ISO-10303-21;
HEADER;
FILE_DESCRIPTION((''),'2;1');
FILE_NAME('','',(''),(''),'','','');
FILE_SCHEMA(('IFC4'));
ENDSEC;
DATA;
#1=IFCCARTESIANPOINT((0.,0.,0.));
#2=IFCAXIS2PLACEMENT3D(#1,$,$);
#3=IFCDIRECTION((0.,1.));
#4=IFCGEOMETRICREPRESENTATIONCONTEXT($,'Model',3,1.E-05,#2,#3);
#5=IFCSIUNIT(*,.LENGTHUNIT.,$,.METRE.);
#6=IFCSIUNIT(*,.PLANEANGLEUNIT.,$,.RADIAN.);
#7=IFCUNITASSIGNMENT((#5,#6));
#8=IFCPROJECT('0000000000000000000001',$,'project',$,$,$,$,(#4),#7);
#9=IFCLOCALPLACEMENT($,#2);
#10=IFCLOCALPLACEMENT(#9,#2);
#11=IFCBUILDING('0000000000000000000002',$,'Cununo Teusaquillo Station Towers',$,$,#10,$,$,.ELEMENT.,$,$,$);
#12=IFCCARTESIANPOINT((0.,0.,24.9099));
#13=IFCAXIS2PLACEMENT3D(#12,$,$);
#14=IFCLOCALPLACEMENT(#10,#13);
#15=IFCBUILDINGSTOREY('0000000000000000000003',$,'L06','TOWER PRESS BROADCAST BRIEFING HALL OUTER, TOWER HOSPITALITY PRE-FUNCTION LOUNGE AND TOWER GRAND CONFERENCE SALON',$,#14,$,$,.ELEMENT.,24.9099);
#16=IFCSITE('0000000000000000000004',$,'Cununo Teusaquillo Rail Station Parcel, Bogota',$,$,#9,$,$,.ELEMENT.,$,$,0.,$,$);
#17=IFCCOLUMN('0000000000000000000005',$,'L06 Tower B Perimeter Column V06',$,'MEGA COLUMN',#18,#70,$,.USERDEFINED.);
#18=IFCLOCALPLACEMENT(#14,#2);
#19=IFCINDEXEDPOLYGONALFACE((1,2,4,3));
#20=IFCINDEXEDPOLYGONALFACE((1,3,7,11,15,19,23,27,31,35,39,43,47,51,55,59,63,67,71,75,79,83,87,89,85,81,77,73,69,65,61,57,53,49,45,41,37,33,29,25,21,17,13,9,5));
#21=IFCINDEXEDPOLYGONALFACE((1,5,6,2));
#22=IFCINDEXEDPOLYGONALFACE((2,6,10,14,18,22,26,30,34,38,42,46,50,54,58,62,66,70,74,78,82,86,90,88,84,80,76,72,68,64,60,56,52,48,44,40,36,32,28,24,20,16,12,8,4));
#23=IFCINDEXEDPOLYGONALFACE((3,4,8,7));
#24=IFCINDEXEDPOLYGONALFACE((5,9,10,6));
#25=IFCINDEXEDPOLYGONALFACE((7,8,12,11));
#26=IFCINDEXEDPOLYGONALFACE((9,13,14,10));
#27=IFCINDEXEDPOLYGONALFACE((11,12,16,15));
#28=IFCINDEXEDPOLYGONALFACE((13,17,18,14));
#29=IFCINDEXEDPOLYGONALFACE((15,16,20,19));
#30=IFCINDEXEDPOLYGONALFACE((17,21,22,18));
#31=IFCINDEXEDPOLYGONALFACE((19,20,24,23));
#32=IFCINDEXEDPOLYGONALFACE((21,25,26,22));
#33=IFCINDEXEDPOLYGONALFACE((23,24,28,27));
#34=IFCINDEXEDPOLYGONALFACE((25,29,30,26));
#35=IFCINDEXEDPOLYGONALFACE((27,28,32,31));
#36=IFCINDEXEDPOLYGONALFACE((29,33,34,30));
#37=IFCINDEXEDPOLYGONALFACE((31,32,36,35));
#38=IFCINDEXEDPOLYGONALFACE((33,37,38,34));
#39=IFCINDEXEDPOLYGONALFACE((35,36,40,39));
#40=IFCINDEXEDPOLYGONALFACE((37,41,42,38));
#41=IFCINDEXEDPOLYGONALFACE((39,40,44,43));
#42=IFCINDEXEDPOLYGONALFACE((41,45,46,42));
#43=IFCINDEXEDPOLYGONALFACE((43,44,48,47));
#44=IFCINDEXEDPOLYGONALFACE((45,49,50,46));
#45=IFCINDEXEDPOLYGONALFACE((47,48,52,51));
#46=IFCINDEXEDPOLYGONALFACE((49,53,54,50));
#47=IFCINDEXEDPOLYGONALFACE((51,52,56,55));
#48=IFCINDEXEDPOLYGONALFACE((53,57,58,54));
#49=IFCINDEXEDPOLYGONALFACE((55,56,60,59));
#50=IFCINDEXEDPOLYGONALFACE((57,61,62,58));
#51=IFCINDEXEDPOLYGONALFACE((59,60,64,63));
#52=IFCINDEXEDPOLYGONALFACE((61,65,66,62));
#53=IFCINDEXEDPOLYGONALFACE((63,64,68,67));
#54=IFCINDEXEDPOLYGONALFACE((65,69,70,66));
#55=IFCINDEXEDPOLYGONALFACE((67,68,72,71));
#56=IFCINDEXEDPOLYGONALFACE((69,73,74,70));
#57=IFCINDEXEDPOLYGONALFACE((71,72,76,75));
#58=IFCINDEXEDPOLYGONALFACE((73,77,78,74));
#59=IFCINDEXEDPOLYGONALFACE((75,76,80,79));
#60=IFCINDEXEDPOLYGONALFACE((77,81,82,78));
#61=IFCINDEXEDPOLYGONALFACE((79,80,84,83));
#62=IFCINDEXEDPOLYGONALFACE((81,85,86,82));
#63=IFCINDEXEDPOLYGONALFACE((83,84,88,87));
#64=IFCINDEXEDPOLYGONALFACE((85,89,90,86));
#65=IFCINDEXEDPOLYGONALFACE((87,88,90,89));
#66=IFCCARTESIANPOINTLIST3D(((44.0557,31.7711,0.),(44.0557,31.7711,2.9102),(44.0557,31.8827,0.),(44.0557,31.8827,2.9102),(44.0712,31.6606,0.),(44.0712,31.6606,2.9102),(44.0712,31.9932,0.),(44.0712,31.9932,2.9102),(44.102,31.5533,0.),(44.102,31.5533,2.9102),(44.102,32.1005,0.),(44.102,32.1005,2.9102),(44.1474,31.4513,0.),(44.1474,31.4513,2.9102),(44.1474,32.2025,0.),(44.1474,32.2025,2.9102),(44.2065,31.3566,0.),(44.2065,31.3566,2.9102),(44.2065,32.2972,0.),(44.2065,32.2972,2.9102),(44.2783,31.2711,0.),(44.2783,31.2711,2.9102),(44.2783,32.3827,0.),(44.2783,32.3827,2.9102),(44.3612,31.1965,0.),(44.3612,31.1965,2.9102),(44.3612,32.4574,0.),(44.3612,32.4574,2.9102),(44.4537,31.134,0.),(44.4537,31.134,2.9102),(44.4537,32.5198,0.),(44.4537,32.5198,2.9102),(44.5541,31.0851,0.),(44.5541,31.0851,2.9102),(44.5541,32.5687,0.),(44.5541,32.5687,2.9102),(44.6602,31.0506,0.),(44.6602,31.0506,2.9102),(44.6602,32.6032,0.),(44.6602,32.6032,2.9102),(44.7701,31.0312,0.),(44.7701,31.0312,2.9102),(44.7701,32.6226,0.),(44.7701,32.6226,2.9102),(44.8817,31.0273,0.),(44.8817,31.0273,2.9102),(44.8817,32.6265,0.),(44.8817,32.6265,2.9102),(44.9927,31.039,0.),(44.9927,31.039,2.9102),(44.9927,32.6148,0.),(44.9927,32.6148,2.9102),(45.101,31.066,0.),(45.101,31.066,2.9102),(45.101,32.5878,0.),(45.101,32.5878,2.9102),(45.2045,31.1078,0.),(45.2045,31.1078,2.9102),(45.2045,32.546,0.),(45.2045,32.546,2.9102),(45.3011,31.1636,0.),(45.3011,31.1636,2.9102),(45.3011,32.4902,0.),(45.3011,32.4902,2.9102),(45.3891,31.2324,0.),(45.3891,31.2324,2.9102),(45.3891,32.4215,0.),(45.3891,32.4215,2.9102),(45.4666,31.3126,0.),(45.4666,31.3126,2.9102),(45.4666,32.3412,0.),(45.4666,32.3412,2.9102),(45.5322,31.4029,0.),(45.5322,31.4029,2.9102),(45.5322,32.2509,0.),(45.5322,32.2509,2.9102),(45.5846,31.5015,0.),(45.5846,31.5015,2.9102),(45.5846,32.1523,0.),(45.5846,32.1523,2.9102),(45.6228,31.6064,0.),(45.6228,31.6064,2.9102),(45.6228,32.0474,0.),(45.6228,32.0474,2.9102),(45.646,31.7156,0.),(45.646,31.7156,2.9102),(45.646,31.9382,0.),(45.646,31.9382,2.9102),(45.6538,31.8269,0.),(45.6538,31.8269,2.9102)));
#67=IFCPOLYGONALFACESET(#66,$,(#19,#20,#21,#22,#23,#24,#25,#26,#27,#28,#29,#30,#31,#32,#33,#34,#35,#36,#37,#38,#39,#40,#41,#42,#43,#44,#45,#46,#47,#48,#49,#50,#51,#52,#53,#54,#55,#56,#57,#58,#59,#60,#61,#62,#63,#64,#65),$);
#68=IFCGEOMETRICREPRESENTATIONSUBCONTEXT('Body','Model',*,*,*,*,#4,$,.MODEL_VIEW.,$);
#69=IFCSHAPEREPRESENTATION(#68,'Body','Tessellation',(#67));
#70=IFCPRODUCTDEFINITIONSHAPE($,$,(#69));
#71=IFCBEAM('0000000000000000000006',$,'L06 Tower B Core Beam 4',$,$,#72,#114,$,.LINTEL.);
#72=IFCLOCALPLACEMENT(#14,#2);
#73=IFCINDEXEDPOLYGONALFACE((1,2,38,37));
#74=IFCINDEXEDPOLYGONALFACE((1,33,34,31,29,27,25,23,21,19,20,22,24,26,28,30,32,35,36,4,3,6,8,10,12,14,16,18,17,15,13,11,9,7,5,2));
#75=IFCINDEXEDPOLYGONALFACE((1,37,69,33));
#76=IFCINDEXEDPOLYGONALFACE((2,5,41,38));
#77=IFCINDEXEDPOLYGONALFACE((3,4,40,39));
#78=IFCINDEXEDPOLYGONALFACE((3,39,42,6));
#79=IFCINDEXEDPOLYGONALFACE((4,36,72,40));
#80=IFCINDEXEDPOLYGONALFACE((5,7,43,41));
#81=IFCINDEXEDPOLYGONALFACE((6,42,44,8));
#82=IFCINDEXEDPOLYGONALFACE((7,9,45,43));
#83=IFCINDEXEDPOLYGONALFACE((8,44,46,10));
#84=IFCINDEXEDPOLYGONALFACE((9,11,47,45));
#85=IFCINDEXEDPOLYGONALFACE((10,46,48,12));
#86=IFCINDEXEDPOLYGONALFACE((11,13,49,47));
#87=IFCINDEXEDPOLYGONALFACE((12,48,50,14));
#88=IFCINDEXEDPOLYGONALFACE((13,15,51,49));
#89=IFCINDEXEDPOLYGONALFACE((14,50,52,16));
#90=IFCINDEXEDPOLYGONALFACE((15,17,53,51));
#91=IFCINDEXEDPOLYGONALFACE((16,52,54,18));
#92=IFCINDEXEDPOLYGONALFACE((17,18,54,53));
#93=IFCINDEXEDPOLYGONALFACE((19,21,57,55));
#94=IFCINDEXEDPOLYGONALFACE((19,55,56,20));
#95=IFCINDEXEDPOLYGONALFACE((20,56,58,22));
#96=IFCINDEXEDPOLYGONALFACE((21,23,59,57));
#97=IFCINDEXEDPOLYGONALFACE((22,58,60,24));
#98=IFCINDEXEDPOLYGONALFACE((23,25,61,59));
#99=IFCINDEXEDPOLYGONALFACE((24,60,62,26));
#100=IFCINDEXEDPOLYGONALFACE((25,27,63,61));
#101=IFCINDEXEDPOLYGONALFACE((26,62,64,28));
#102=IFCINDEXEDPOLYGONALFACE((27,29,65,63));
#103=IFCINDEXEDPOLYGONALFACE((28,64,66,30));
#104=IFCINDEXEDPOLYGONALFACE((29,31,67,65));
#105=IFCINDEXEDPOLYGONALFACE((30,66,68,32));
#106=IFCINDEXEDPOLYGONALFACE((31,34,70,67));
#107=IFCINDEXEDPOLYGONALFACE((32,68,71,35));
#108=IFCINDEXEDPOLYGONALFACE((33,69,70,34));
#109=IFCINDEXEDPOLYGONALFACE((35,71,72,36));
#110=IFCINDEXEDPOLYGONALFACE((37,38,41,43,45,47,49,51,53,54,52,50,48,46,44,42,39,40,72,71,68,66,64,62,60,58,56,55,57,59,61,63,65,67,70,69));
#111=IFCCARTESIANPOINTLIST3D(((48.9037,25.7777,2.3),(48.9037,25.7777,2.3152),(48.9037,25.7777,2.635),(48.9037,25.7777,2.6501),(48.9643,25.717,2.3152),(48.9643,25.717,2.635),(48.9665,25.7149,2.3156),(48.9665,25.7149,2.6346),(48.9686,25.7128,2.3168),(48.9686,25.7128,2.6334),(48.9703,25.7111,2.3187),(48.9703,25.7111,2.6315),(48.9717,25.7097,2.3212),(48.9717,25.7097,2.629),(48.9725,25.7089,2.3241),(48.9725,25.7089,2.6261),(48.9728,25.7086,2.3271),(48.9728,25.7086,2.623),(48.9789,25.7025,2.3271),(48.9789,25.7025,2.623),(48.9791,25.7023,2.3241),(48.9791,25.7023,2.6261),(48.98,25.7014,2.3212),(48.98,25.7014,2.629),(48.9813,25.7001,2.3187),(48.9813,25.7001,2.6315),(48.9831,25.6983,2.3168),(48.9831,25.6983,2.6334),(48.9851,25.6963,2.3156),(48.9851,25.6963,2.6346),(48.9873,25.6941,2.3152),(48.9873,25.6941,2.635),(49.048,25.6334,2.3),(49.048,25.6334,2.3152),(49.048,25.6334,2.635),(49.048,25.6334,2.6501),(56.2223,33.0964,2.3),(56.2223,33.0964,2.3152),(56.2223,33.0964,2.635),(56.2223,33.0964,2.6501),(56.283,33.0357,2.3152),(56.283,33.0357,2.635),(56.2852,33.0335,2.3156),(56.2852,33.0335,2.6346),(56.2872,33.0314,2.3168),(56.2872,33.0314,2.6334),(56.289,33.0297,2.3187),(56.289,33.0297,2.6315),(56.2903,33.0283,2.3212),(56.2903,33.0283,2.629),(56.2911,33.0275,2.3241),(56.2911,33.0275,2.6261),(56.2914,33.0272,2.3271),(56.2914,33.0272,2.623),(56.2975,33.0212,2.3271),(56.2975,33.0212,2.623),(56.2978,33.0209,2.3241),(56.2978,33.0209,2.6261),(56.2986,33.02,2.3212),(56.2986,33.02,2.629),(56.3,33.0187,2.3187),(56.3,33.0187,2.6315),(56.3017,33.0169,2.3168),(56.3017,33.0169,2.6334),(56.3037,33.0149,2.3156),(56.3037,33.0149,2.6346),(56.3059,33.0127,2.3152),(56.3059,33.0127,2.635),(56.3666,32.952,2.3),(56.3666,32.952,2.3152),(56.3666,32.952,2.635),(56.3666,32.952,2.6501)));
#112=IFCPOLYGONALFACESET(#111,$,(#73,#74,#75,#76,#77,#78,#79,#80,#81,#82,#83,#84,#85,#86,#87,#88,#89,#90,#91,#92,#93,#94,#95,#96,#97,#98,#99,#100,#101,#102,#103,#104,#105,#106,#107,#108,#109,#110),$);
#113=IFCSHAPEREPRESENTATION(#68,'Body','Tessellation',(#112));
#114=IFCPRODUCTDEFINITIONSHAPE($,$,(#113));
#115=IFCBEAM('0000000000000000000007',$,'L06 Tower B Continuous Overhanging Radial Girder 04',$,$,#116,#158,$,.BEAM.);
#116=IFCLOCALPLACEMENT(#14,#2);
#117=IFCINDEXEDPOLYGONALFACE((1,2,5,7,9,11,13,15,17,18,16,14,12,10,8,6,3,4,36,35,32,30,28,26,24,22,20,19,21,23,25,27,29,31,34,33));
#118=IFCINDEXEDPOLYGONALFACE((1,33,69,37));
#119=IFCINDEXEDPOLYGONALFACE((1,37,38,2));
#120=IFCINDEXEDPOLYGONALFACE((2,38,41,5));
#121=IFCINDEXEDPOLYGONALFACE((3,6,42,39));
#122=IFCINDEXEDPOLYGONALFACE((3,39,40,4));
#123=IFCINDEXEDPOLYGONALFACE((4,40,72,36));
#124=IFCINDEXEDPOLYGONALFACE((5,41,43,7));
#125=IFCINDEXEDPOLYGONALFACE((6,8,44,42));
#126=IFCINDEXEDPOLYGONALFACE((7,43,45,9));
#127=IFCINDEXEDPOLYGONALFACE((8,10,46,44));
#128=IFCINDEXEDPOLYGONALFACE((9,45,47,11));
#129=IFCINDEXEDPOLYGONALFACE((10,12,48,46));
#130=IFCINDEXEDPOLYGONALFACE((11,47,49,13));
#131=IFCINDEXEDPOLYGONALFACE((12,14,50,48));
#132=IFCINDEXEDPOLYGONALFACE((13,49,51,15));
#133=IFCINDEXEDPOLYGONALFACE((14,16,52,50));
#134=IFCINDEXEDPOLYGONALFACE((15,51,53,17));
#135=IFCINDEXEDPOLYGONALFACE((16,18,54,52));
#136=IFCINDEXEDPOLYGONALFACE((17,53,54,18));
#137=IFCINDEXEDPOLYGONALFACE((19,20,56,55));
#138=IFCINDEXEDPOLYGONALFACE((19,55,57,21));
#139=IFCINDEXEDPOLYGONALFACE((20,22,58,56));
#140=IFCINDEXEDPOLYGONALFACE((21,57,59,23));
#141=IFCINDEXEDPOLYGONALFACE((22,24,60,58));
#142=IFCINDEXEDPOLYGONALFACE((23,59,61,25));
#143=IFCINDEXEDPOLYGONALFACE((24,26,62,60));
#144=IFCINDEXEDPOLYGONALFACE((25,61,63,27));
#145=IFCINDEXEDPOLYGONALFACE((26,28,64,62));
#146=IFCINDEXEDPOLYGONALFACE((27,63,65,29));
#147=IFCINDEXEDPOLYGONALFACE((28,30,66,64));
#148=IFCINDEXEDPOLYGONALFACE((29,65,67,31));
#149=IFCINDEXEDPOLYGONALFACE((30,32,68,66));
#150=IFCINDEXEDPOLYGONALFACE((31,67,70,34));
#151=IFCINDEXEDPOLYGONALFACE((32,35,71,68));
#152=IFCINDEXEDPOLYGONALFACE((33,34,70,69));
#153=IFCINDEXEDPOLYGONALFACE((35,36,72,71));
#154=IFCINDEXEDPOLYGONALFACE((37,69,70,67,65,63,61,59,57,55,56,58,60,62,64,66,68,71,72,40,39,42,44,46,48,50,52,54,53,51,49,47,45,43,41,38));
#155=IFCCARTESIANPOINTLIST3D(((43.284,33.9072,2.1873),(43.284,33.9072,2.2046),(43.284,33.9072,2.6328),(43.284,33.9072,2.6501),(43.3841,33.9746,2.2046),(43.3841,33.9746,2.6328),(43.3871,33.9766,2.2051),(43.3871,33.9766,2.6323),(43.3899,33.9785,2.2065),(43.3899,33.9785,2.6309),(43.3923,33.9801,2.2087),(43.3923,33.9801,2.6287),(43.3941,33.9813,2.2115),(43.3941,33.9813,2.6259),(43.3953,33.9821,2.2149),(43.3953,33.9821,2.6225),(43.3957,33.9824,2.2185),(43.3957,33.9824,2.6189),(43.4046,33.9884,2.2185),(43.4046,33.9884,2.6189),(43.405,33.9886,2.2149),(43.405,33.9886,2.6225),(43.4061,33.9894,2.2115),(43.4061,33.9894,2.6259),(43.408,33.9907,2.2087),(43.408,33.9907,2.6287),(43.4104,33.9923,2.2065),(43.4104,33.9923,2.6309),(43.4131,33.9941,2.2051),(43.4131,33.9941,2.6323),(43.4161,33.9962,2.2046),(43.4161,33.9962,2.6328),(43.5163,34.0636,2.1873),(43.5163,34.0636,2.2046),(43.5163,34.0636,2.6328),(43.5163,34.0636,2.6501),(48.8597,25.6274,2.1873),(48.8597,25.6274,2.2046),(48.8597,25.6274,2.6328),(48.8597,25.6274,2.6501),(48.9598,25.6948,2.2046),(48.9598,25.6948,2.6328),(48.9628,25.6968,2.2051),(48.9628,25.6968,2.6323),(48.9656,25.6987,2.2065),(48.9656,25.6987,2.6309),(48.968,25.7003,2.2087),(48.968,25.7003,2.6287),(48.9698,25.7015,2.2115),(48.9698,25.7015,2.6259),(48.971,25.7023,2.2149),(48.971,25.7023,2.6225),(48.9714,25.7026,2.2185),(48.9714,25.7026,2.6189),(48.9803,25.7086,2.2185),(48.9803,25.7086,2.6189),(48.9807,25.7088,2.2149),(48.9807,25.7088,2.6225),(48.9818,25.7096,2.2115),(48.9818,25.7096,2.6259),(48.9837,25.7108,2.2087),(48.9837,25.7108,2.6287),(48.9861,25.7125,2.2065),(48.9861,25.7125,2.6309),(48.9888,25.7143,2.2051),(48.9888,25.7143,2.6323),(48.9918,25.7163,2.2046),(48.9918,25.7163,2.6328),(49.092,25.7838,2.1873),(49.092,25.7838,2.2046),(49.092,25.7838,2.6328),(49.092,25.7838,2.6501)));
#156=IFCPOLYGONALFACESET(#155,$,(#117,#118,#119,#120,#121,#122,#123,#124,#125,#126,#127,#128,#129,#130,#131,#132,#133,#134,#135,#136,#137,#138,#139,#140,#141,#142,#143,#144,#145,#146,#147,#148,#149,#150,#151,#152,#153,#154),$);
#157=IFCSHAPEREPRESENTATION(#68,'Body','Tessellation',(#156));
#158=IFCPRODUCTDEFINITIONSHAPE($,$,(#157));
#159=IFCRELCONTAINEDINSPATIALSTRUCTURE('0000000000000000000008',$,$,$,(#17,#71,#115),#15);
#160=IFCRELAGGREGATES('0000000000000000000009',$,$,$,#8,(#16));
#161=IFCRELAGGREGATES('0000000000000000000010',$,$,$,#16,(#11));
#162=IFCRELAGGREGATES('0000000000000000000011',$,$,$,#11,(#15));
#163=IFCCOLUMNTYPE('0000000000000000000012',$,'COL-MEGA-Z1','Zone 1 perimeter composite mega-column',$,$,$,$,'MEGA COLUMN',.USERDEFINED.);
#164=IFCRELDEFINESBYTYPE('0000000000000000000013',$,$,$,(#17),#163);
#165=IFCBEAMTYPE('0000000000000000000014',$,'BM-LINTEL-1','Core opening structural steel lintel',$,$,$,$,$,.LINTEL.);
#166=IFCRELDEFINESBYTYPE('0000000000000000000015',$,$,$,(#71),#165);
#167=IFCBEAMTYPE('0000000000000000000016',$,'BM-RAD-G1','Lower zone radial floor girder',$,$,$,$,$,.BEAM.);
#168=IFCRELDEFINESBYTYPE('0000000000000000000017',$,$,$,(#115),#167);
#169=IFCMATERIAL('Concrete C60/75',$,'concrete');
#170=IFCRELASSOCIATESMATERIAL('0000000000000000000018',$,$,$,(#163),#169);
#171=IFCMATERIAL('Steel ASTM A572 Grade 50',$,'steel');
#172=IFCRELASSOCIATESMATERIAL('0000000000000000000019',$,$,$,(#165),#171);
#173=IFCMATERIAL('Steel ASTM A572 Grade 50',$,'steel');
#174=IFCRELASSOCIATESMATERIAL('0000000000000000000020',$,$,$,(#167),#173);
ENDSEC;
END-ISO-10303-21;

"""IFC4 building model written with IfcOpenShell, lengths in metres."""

from ifc_helpers import new_model, si_unit, direction, frame, origin, origin_2d, place, context, subcontext, project, spatial, circle, i_section, extrude, material, material_profile, profile_set, type_object, element, save


model = new_model("IFC4")

# Units and contexts
model_context = context("Model", 3, precision=1e-05, world=origin(), true_north=direction((0.0, 1.0)))
body_context = subcontext(model_context, "Body", "Model", "MODEL_VIEW")
ifc_project = project(units=[si_unit("LENGTHUNIT", "METRE"), si_unit("PLANEANGLEUNIT", "RADIAN")], contexts=[model_context])

# Site, building, storey
site_placement = place(None, origin())
site = spatial("IfcSite", under=ifc_project, at=site_placement, Name="Cununo Teusaquillo Rail Station Parcel, Bogota", CompositionType="ELEMENT", RefElevation=0.0)
building_placement = place(site_placement, origin())
building = spatial("IfcBuilding", under=site, at=building_placement, Name="Cununo Teusaquillo Station Towers", CompositionType="ELEMENT")
storey_placement = place(building_placement, frame((0.0, 0.0, 24.9099)))
storey = spatial("IfcBuildingStorey", under=building, at=storey_placement, Name="L06", Description="TOWER PRESS BROADCAST BRIEFING HALL OUTER, TOWER HOSPITALITY PRE-FUNCTION LOUNGE AND TOWER GRAND CONFERENCE SALON", CompositionType="ELEMENT", Elevation=24.9099)

# Column
ifc_material_1 = material(Name="Concrete C60/75", Category="concrete")
ifc_material_profile_1 = material_profile(ifc_material_1, circle(Radius=0.8, at=origin_2d()), Name="RC-CIRC-1600")
ifc_profile_set_1 = profile_set([ifc_material_profile_1], Name="Concrete C60/75")
column_type = type_object("IfcColumnType", Name="COL-MEGA-Z1", Description="Zone 1 perimeter composite mega-column", ElementType="MEGA COLUMN", PredefinedType="USERDEFINED", material=ifc_profile_set_1)
column_placement = place(storey_placement, frame((44.8538, 31.8269, 0.0), z_axis=(0.0, 0.0, 1.0), x_axis=(1.0, 0.0, 0.0)))
element("IfcColumn", 1, at=column_placement, inside=storey, type_object=column_type, Name="L06 Tower B Perimeter Column V06", ObjectType="MEGA COLUMN", PredefinedType="USERDEFINED", context=body_context, shape_type="SweptSolid", body=[
    extrude(circle(Radius=0.8, at=origin_2d()), origin(), (0.0, 0.0, 1.0), 2.9102),
])

# Beams
ifc_material_2 = material(Name="Steel ASTM A572 Grade 50", Category="steel")
ifc_material_profile_2 = material_profile(ifc_material_2, i_section(OverallWidth=0.2041, OverallDepth=0.3501, WebThickness=0.0085, FlangeThickness=0.0151, FilletRadius=0.012, at=origin_2d()), Name="W14X48")
ifc_profile_set_2 = profile_set([ifc_material_profile_2], Name="Steel ASTM A572 Grade 50")
beam_type_1 = type_object("IfcBeamType", Name="BM-LINTEL-1", Description="Core opening structural steel lintel", PredefinedType="LINTEL", material=ifc_profile_set_2)
beam_1_placement = place(storey_placement, frame((48.9758, 25.7056, 2.4751), z_axis=(0.707107, 0.707107, 0.0), x_axis=(-0.707107, 0.707107, 0.0)))
element("IfcBeam", 2, at=beam_1_placement, inside=storey, type_object=beam_type_1, Name="L06 Tower B Core Beam 4", PredefinedType="LINTEL", context=body_context, shape_type="SweptSolid", body=[
    extrude(i_section(OverallWidth=0.2041, OverallDepth=0.3501, WebThickness=0.0085, FlangeThickness=0.0151, FilletRadius=0.012, at=origin_2d()), origin(), (0.0, 0.0, 1.0), 10.3501),
])
ifc_material_3 = material(Name="Steel ASTM A572 Grade 50", Category="steel")
ifc_material_profile_3 = material_profile(ifc_material_3, i_section(OverallWidth=0.28, OverallDepth=0.4629, WebThickness=0.0107, FlangeThickness=0.0173, FilletRadius=0.0139, at=origin_2d()), Name="W18X76")
ifc_profile_set_3 = profile_set([ifc_material_profile_3], Name="Steel ASTM A572 Grade 50")
beam_type_2 = type_object("IfcBeamType", Name="BM-RAD-G1", Description="Lower zone radial floor girder", PredefinedType="BEAM", material=ifc_profile_set_3)
beam_2_placement = place(storey_placement, frame((48.9758, 25.7056, 2.4187), z_axis=(-0.558566, 0.82946, 0.0), x_axis=(-0.82946, -0.558566, 0.0)))
element("IfcBeam", 3, at=beam_2_placement, inside=storey, type_object=beam_type_2, Name="L06 Tower B Continuous Overhanging Radial Girder 04", PredefinedType="BEAM", context=body_context, shape_type="SweptSolid", body=[
    extrude(i_section(OverallWidth=0.28, OverallDepth=0.4629, WebThickness=0.0107, FlangeThickness=0.0173, FilletRadius=0.0139, at=origin_2d()), origin(), (0.0, 0.0, 1.0), 9.9822),
])

save(model, "model.ifc")
